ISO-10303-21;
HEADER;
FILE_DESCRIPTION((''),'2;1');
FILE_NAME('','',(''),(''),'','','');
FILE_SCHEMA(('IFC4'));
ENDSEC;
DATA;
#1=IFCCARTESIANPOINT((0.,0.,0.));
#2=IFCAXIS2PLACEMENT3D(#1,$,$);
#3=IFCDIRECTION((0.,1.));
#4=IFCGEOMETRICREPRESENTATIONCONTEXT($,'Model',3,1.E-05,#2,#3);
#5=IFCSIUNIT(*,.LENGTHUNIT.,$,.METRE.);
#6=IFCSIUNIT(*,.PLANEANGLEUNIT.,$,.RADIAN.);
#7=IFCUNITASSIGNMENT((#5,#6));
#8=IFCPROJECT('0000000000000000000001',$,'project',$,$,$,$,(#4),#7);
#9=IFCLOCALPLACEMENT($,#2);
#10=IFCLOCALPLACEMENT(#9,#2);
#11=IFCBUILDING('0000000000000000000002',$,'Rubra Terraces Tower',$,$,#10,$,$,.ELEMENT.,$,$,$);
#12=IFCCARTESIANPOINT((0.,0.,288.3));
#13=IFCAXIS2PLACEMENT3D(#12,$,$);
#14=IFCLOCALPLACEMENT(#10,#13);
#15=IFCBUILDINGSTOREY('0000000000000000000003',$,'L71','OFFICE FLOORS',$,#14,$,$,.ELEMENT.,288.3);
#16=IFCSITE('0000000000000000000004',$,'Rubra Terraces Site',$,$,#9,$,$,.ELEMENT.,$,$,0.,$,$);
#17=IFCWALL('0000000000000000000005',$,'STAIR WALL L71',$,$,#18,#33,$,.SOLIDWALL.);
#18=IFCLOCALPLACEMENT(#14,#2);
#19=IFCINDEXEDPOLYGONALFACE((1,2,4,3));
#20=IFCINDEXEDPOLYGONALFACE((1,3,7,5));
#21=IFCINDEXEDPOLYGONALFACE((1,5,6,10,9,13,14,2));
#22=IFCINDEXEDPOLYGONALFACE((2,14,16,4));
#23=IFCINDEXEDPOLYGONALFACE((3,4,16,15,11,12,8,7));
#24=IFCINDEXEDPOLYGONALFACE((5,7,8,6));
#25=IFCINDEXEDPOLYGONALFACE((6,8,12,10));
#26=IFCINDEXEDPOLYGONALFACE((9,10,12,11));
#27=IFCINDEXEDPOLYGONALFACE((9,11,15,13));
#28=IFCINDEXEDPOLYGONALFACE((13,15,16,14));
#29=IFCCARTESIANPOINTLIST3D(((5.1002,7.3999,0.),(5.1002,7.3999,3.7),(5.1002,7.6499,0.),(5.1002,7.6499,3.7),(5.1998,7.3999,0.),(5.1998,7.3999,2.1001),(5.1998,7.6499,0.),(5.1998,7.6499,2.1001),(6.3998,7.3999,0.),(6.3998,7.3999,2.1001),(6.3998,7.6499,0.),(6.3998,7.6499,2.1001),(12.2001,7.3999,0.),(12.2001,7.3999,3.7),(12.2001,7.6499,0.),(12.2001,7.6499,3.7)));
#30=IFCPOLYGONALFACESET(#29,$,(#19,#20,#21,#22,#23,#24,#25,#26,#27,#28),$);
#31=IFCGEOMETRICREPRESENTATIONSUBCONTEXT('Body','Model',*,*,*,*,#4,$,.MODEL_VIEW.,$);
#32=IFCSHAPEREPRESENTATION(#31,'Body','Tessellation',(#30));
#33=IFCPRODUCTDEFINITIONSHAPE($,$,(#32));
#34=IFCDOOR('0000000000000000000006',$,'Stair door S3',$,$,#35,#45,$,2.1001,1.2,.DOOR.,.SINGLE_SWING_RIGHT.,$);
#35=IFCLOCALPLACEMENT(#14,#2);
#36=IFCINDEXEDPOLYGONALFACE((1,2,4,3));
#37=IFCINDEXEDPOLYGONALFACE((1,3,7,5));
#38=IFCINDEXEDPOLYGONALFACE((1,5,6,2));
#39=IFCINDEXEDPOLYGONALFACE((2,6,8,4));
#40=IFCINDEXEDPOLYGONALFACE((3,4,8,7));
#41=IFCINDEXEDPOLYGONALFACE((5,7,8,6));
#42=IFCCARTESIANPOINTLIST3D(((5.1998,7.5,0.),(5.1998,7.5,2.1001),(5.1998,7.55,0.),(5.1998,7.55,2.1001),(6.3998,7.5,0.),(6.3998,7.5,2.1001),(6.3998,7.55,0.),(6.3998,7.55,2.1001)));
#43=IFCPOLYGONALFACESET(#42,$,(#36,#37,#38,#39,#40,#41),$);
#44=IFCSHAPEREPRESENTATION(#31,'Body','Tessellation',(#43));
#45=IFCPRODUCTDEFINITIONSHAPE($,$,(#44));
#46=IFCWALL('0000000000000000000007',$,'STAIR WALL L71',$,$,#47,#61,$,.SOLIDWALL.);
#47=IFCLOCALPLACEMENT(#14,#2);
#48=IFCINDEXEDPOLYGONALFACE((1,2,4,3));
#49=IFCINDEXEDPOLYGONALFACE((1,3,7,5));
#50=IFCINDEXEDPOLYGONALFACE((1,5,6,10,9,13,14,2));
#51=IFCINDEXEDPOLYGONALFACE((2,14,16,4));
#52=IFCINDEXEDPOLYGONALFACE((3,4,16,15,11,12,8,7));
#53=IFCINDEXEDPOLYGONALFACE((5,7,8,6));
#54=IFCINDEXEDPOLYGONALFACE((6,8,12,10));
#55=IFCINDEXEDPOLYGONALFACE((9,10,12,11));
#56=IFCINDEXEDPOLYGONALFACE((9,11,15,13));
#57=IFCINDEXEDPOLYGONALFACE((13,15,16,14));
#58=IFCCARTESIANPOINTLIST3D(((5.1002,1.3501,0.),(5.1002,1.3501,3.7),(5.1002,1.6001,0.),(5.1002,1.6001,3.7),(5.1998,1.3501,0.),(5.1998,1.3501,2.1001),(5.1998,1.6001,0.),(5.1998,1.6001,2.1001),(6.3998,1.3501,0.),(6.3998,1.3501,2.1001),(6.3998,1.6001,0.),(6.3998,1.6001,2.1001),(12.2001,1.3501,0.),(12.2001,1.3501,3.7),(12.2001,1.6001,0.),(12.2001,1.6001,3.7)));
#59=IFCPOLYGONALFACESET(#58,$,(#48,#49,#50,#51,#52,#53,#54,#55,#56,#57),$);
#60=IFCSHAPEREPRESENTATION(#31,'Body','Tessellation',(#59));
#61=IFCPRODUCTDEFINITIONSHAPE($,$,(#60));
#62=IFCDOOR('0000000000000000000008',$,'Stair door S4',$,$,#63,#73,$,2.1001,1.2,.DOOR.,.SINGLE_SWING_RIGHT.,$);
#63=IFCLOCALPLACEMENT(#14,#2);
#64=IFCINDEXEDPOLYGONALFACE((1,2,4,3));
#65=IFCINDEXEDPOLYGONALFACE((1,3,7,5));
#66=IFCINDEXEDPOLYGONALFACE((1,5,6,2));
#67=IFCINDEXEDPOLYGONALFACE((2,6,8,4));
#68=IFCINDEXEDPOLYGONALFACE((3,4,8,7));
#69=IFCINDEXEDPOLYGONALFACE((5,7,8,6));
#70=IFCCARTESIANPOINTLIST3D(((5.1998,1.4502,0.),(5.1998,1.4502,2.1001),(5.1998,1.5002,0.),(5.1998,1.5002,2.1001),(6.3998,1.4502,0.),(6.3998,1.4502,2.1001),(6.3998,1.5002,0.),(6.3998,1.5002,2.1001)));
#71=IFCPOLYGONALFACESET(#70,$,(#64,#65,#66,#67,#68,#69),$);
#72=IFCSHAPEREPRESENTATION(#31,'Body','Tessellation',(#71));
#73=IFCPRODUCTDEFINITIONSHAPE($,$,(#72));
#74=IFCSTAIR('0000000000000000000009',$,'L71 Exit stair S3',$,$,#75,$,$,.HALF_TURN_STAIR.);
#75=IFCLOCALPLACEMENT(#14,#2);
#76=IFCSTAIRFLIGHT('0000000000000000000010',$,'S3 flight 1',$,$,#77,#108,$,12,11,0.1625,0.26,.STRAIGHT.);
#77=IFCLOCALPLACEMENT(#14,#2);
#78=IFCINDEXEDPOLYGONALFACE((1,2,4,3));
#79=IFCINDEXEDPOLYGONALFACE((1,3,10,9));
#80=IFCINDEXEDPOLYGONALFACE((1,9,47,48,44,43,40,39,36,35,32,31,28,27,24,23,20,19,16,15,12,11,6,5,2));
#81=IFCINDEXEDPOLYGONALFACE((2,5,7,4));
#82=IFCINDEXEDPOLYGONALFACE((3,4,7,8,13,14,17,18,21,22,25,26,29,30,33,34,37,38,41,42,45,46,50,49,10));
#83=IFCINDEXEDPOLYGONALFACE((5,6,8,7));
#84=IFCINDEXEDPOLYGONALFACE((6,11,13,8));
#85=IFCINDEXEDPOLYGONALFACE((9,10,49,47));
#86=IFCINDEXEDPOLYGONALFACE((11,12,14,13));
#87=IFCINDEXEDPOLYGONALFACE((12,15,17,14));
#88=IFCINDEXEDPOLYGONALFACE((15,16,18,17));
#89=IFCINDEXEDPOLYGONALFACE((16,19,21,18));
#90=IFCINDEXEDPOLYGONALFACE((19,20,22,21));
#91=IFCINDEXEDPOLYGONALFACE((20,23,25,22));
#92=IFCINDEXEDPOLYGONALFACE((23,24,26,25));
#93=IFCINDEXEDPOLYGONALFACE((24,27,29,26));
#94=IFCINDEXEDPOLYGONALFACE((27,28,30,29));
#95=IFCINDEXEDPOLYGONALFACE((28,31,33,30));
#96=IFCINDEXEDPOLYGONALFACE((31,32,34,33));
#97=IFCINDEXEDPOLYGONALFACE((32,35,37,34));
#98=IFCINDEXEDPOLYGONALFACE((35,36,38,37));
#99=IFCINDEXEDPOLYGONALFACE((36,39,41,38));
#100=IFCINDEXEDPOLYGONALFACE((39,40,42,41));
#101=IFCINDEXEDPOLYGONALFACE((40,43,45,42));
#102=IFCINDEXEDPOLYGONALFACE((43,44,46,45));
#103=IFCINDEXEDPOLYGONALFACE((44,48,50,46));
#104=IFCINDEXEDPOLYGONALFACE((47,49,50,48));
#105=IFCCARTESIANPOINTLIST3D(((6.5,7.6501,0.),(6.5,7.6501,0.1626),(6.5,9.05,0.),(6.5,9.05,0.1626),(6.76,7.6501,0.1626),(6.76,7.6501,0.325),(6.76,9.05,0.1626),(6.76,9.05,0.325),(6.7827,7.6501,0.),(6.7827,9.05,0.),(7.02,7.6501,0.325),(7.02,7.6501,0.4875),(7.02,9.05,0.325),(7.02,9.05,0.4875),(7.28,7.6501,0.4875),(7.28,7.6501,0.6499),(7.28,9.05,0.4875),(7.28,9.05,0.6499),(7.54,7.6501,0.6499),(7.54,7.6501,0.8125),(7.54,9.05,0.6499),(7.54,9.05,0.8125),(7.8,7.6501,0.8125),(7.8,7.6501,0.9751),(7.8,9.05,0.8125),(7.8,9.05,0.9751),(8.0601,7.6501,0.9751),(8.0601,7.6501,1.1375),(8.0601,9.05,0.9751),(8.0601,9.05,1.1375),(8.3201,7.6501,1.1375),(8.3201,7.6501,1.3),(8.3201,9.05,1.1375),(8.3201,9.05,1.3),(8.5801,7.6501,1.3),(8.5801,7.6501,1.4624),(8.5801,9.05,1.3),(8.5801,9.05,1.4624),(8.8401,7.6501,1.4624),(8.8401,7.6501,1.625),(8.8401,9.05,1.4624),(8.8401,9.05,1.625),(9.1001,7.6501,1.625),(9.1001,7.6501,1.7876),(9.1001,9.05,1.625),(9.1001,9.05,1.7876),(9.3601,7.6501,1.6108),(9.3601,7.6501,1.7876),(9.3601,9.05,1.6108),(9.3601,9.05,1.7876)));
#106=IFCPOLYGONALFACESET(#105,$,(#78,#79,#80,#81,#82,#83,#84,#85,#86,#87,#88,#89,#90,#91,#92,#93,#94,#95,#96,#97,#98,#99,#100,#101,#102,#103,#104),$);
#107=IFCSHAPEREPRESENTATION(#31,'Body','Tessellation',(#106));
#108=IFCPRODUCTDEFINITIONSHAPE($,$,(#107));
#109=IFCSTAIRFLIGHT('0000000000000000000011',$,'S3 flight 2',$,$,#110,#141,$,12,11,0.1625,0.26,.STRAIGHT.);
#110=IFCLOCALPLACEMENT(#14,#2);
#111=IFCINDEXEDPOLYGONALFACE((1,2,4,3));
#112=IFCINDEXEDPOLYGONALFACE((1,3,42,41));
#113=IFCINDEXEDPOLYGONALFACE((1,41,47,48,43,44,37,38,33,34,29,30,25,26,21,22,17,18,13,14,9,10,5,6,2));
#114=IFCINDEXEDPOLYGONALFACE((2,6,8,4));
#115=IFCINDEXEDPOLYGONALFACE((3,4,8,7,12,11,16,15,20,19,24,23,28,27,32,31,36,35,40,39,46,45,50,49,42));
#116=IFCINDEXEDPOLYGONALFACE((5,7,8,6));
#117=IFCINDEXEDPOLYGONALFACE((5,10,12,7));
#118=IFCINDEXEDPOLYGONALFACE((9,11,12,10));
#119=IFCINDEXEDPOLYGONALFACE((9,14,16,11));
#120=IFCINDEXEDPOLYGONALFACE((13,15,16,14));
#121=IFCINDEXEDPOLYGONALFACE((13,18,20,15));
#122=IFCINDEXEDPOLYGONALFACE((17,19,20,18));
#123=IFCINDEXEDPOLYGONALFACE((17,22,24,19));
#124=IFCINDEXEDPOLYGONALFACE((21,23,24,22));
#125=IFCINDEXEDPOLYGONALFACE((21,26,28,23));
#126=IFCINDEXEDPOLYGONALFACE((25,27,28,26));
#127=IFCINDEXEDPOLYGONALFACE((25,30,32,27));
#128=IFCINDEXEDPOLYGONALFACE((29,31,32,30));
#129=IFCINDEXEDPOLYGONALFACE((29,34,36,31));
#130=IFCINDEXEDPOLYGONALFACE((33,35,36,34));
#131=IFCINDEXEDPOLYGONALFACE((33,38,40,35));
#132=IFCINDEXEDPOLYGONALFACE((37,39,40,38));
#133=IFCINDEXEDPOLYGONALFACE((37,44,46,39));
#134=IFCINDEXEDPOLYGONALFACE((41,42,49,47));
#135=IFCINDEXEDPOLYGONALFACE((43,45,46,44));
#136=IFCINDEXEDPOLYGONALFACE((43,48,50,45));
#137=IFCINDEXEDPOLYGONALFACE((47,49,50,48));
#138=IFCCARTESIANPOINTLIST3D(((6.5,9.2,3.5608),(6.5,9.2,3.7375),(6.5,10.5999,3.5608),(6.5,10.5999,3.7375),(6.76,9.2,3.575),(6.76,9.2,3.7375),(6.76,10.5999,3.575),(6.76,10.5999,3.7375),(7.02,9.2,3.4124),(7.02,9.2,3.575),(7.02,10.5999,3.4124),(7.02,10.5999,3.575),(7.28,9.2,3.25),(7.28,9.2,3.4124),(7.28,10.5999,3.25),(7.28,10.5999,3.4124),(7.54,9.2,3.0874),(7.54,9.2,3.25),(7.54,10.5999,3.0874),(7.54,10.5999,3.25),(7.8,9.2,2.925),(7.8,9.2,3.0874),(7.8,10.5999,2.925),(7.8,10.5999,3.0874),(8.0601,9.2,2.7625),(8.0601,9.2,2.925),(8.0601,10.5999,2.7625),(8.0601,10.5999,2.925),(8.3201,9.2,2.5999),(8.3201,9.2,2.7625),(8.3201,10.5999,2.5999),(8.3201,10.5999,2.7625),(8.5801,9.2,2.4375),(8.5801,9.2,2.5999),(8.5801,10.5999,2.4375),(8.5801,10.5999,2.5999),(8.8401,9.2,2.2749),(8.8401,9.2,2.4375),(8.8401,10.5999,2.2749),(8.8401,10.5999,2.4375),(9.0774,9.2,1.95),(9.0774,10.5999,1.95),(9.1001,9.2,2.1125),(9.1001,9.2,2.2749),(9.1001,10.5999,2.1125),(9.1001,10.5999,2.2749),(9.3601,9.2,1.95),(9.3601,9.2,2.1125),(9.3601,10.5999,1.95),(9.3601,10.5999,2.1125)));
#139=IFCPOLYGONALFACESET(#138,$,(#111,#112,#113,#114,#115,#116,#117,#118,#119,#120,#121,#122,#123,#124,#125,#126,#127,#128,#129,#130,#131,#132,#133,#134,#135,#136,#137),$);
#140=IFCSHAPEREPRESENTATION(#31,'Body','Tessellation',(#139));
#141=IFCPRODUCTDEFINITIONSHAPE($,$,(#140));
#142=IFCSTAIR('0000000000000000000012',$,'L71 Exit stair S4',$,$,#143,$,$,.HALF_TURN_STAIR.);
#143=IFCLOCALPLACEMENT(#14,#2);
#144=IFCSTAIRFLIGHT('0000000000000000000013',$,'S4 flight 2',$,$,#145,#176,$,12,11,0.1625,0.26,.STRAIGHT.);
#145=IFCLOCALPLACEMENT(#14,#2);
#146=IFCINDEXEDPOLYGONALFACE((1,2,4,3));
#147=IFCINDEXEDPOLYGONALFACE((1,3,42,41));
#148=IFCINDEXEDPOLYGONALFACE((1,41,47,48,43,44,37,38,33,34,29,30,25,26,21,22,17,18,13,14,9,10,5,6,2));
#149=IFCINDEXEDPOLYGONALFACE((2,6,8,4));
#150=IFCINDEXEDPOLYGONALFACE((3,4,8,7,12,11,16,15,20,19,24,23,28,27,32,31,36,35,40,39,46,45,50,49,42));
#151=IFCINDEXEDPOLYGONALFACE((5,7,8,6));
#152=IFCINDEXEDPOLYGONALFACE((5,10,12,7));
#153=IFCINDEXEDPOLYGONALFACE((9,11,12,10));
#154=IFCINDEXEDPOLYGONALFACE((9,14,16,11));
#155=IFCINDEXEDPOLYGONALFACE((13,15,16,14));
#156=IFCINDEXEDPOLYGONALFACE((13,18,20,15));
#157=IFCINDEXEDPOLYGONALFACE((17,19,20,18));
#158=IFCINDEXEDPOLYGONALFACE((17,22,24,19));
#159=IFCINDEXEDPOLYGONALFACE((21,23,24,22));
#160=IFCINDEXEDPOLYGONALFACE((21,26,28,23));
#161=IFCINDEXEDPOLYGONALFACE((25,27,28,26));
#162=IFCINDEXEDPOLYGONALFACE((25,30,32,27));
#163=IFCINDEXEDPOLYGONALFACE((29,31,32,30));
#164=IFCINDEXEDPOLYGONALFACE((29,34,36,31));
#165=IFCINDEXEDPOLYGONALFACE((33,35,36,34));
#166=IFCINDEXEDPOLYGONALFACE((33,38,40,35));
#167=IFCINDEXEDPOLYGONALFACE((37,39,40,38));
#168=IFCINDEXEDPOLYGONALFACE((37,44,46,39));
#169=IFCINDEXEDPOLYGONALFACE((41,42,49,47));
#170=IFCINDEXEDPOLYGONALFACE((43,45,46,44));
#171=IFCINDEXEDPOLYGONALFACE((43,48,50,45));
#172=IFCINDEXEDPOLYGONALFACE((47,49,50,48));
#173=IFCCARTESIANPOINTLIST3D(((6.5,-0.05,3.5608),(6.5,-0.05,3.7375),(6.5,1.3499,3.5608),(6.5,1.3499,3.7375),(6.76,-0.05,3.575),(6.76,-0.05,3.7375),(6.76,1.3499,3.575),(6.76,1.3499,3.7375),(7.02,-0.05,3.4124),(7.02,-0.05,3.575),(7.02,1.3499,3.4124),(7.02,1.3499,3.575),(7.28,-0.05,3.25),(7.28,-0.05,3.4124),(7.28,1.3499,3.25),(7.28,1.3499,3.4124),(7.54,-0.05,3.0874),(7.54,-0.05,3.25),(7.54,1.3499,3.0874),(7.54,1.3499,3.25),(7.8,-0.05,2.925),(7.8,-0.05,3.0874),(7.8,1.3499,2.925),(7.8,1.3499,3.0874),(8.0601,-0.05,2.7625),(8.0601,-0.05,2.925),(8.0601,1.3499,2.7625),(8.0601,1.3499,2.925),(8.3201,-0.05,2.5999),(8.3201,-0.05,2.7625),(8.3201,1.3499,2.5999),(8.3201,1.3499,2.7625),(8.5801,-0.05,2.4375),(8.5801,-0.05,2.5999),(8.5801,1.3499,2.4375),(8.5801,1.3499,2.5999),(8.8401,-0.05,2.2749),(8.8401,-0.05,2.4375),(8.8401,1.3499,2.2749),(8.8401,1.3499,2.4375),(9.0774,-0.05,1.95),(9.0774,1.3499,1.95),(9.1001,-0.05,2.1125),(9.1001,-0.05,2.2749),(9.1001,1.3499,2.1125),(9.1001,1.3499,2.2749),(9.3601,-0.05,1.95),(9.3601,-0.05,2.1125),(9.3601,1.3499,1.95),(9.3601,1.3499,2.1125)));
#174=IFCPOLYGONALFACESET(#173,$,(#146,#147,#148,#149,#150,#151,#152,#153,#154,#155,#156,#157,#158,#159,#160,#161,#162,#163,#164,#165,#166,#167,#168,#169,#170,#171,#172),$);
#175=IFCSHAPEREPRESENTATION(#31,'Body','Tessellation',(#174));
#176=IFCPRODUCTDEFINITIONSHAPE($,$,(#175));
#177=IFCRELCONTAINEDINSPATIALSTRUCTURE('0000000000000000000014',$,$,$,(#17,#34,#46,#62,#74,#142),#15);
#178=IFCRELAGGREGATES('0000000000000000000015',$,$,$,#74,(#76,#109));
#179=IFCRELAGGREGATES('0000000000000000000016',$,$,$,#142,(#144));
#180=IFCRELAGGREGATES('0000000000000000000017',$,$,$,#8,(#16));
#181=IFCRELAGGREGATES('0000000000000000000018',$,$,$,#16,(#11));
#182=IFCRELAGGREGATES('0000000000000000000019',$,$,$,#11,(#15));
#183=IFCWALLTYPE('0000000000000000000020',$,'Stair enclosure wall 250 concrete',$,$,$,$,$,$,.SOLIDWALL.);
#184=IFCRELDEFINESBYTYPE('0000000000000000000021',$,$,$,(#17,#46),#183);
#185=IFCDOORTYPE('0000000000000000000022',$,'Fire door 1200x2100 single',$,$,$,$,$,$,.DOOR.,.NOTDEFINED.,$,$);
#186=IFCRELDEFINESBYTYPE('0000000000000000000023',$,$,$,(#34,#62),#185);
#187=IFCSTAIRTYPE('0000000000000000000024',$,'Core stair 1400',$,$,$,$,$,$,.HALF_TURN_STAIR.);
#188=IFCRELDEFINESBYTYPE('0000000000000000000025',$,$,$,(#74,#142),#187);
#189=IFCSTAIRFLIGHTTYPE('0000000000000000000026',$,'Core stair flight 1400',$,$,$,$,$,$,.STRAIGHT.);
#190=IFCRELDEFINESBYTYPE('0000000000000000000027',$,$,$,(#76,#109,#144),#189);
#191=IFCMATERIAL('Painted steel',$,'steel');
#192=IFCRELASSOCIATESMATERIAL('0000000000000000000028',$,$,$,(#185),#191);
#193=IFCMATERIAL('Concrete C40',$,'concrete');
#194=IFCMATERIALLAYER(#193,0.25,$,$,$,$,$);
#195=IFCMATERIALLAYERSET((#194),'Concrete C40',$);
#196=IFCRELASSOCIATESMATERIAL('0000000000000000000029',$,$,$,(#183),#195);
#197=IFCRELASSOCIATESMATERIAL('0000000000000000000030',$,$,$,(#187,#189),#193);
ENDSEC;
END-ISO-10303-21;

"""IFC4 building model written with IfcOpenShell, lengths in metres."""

from ifc_helpers import new_model, si_unit, direction, frame, frame_2d, origin, place, context, subcontext, project, spatial, polyline, rectangle, outline, extrude, material, layer, layer_set, type_object, element, fill, aggregate, save


model = new_model("IFC4")

# Units and contexts
model_context = context("Model", 3, precision=1e-05, world=origin(), true_north=direction((0.0, 1.0)))
body_context = subcontext(model_context, "Body", "Model", "MODEL_VIEW")
ifc_project = project(units=[si_unit("LENGTHUNIT", "METRE"), si_unit("PLANEANGLEUNIT", "RADIAN")], contexts=[model_context])

# Site, building, storey
site_placement = place(None, origin())
site = spatial("IfcSite", under=ifc_project, at=site_placement, Name="Rubra Terraces Site", CompositionType="ELEMENT", RefElevation=0.0)
building_placement = place(site_placement, origin())
building = spatial("IfcBuilding", under=site, at=building_placement, Name="Rubra Terraces Tower", CompositionType="ELEMENT")
storey_placement = place(building_placement, frame((0.0, 0.0, 288.3)))
storey = spatial("IfcBuildingStorey", under=building, at=storey_placement, Name="L71", Description="OFFICE FLOORS", CompositionType="ELEMENT", Elevation=288.3)

# Shared definitions
ifc_material_1 = material(Name="Concrete C40", Category="concrete")

# Shared definitions
ifc_material_2 = material(Name="Painted steel", Category="steel")
door_type_1 = type_object("IfcDoorType", Name="Fire door 1200x2100 single", OperationType="NOTDEFINED", PredefinedType="DOOR", material=ifc_material_2)

# Walls, openings, doors
ifc_layer_1 = layer(ifc_material_1, 0.25)
ifc_layer_set_1 = layer_set([ifc_layer_1], Name="Concrete C40")
wall_type_1 = type_object("IfcWallType", Name="Stair enclosure wall 250 concrete", PredefinedType="SOLIDWALL", material=ifc_layer_set_1)
wall_1_placement = place(storey_placement, frame((12.2, 7.5249, 0.0), z_axis=(0.0, 0.0, 1.0), x_axis=(-1.0, 0.0, 0.0)))
wall_1 = element("IfcWall", 1, at=wall_1_placement, inside=storey, type_object=wall_type_1, Name="STAIR WALL L71", PredefinedType="SOLIDWALL", context=body_context, shape_type="SweptSolid", body=[
    extrude(rectangle(XDim=7.0999, YDim=0.25, at=frame_2d((3.5498, 0.0))), origin(), (0.0, 0.0, 1.0), 3.7),
])
opening_1_placement = place(wall_1_placement, frame((5.8, 0.0, 0.0)))
opening_1 = element("IfcOpeningElement", 2, at=opening_1_placement, cuts=wall_1, PredefinedType="OPENING", context=body_context, shape_type="SweptSolid", body=[
    extrude(rectangle(XDim=1.2, YDim=2.1001, at=frame_2d((0.6001, 1.05))), frame((0.0, 0.135, 0.0), z_axis=(0.0, -1.0, 0.0), x_axis=(1.0, 0.0, 0.0)), (0.0, 0.0, 1.0), 0.27),
])
door_1_placement = place(opening_1_placement, origin())
door_1 = element("IfcDoor", 3, at=door_1_placement, inside=storey, type_object=door_type_1, Name="Stair door S3", OperationType="SINGLE_SWING_RIGHT", OverallHeight=2.1001, OverallWidth=1.2, PredefinedType="DOOR", context=body_context, shape_type="SweptSolid", body=[
    extrude(rectangle(XDim=1.2, YDim=2.1001, at=frame_2d((0.6001, 1.05))), frame((0.0, 0.0249, 0.0), z_axis=(0.0, -1.0, 0.0), x_axis=(1.0, 0.0, 0.0)), (0.0, 0.0, 1.0), 0.05),
])
fill(opening_1, door_1)
wall_2_placement = place(storey_placement, frame((12.2, 1.4751, 0.0), z_axis=(0.0, 0.0, 1.0), x_axis=(-1.0, 0.0, 0.0)))
wall_2 = element("IfcWall", 4, at=wall_2_placement, inside=storey, type_object=wall_type_1, Name="STAIR WALL L71", PredefinedType="SOLIDWALL", context=body_context, shape_type="SweptSolid", body=[
    extrude(rectangle(XDim=7.0999, YDim=0.25, at=frame_2d((3.5498, 0.0))), origin(), (0.0, 0.0, 1.0), 3.7),
])
opening_2_placement = place(wall_2_placement, frame((5.8, 0.0, 0.0)))
opening_2 = element("IfcOpeningElement", 5, at=opening_2_placement, cuts=wall_2, PredefinedType="OPENING", context=body_context, shape_type="SweptSolid", body=[
    extrude(rectangle(XDim=1.2, YDim=2.1001, at=frame_2d((0.6001, 1.05))), frame((0.0, 0.135, 0.0), z_axis=(0.0, -1.0, 0.0), x_axis=(1.0, 0.0, 0.0)), (0.0, 0.0, 1.0), 0.27),
])
door_2_placement = place(opening_2_placement, origin())
door_2 = element("IfcDoor", 6, at=door_2_placement, inside=storey, type_object=door_type_1, Name="Stair door S4", OperationType="SINGLE_SWING_RIGHT", OverallHeight=2.1001, OverallWidth=1.2, PredefinedType="DOOR", context=body_context, shape_type="SweptSolid", body=[
    extrude(rectangle(XDim=1.2, YDim=2.1001, at=frame_2d((0.6001, 1.05))), frame((0.0, 0.0249, 0.0), z_axis=(0.0, -1.0, 0.0), x_axis=(1.0, 0.0, 0.0)), (0.0, 0.0, 1.0), 0.05),
])
fill(opening_2, door_2)

# Stair, stair flights
stair_type = type_object("IfcStairType", Name="Core stair 1400", PredefinedType="HALF_TURN_STAIR", material=ifc_material_1)
stair_1_placement = place(storey_placement, origin())
stair_1 = element("IfcStair", 7, at=stair_1_placement, inside=storey, type_object=stair_type, Name="L71 Exit stair S3", PredefinedType="HALF_TURN_STAIR")
stair_flight_type = type_object("IfcStairFlightType", Name="Core stair flight 1400", PredefinedType="STRAIGHT", material=ifc_material_1)
stair_flight_1_placement = place(storey_placement, frame((6.5, 8.3501, 0.0), z_axis=(0.0, 0.0, 1.0), x_axis=(1.0, 0.0, 0.0)))
stair_flight_1 = element("IfcStairFlight", 8, at=stair_flight_1_placement, type_object=stair_flight_type, Name="S3 flight 1", NumberOfRisers=12, NumberOfTreads=11, PredefinedType="STRAIGHT", RiserHeight=0.1625, TreadLength=0.26, context=body_context, shape_type="SweptSolid", body=[
    extrude(outline(polyline([(0.0, 0.0), (0.0, 0.1626), (0.26, 0.1626), (0.26, 0.325), (0.52, 0.325), (0.52, 0.4875), (0.78, 0.4875), (0.78, 0.6499), (1.04, 0.6499), (1.04, 0.8125), (1.3, 0.8125), (1.3, 0.9751), (1.5601, 0.9751), (1.5601, 1.1375), (1.8201, 1.1375), (1.8201, 1.3), (2.0801, 1.3), (2.0801, 1.4624), (2.3401, 1.4624), (2.3401, 1.625), (2.6001, 1.625), (2.6001, 1.7876), (2.8601, 1.7876), (2.8601, 1.95), (2.8601, 1.6108), (0.2827, 0.0), (0.0, 0.0)])), frame((0.0, 0.7, 0.0), z_axis=(0.0, -1.0, 0.0), x_axis=(1.0, 0.0, 0.0)), (0.0, 0.0, 1.0), 1.3999),
])
stair_flight_2_placement = place(storey_placement, frame((9.3601, 9.8999, 1.95), z_axis=(0.0, 0.0, 1.0), x_axis=(-1.0, 0.0, 0.0)))
stair_flight_2 = element("IfcStairFlight", 9, at=stair_flight_2_placement, type_object=stair_flight_type, Name="S3 flight 2", NumberOfRisers=12, NumberOfTreads=11, PredefinedType="STRAIGHT", RiserHeight=0.1625, TreadLength=0.26, context=body_context, shape_type="SweptSolid", body=[
    extrude(outline(polyline([(0.0, 0.0), (0.0, 0.1626), (0.26, 0.1626), (0.26, 0.325), (0.52, 0.325), (0.52, 0.4875), (0.78, 0.4875), (0.78, 0.6499), (1.04, 0.6499), (1.04, 0.8125), (1.3, 0.8125), (1.3, 0.9751), (1.5601, 0.9751), (1.5601, 1.1375), (1.8201, 1.1375), (1.8201, 1.3), (2.0801, 1.3), (2.0801, 1.4624), (2.3401, 1.4624), (2.3401, 1.625), (2.6001, 1.625), (2.6001, 1.7876), (2.8601, 1.7876), (2.8601, 1.95), (2.8601, 1.6108), (0.2827, 0.0), (0.0, 0.0)])), frame((0.0, 0.7, 0.0), z_axis=(0.0, -1.0, 0.0), x_axis=(1.0, 0.0, 0.0)), (0.0, 0.0, 1.0), 1.3999),
])
aggregate(stair_1, [stair_flight_1, stair_flight_2])

# Stair, stair flight
stair_2_placement = place(storey_placement, origin())
stair_2 = element("IfcStair", 10, at=stair_2_placement, inside=storey, type_object=stair_type, Name="L71 Exit stair S4", PredefinedType="HALF_TURN_STAIR")
stair_flight_3_placement = place(storey_placement, frame((9.3601, 0.6499, 1.95), z_axis=(0.0, 0.0, 1.0), x_axis=(-1.0, 0.0, 0.0)))
stair_flight_3 = element("IfcStairFlight", 11, at=stair_flight_3_placement, type_object=stair_flight_type, Name="S4 flight 2", NumberOfRisers=12, NumberOfTreads=11, PredefinedType="STRAIGHT", RiserHeight=0.1625, TreadLength=0.26, context=body_context, shape_type="SweptSolid", body=[
    extrude(outline(polyline([(0.0, 0.0), (0.0, 0.1626), (0.26, 0.1626), (0.26, 0.325), (0.52, 0.325), (0.52, 0.4875), (0.78, 0.4875), (0.78, 0.6499), (1.04, 0.6499), (1.04, 0.8125), (1.3, 0.8125), (1.3, 0.9751), (1.5601, 0.9751), (1.5601, 1.1375), (1.8201, 1.1375), (1.8201, 1.3), (2.0801, 1.3), (2.0801, 1.4624), (2.3401, 1.4624), (2.3401, 1.625), (2.6001, 1.625), (2.6001, 1.7876), (2.8601, 1.7876), (2.8601, 1.95), (2.8601, 1.6108), (0.2827, 0.0), (0.0, 0.0)])), frame((0.0, 0.7, 0.0), z_axis=(0.0, -1.0, 0.0), x_axis=(1.0, 0.0, 0.0)), (0.0, 0.0, 1.0), 1.3999),
])
aggregate(stair_2, [stair_flight_3])

save(model, "model.ifc")
